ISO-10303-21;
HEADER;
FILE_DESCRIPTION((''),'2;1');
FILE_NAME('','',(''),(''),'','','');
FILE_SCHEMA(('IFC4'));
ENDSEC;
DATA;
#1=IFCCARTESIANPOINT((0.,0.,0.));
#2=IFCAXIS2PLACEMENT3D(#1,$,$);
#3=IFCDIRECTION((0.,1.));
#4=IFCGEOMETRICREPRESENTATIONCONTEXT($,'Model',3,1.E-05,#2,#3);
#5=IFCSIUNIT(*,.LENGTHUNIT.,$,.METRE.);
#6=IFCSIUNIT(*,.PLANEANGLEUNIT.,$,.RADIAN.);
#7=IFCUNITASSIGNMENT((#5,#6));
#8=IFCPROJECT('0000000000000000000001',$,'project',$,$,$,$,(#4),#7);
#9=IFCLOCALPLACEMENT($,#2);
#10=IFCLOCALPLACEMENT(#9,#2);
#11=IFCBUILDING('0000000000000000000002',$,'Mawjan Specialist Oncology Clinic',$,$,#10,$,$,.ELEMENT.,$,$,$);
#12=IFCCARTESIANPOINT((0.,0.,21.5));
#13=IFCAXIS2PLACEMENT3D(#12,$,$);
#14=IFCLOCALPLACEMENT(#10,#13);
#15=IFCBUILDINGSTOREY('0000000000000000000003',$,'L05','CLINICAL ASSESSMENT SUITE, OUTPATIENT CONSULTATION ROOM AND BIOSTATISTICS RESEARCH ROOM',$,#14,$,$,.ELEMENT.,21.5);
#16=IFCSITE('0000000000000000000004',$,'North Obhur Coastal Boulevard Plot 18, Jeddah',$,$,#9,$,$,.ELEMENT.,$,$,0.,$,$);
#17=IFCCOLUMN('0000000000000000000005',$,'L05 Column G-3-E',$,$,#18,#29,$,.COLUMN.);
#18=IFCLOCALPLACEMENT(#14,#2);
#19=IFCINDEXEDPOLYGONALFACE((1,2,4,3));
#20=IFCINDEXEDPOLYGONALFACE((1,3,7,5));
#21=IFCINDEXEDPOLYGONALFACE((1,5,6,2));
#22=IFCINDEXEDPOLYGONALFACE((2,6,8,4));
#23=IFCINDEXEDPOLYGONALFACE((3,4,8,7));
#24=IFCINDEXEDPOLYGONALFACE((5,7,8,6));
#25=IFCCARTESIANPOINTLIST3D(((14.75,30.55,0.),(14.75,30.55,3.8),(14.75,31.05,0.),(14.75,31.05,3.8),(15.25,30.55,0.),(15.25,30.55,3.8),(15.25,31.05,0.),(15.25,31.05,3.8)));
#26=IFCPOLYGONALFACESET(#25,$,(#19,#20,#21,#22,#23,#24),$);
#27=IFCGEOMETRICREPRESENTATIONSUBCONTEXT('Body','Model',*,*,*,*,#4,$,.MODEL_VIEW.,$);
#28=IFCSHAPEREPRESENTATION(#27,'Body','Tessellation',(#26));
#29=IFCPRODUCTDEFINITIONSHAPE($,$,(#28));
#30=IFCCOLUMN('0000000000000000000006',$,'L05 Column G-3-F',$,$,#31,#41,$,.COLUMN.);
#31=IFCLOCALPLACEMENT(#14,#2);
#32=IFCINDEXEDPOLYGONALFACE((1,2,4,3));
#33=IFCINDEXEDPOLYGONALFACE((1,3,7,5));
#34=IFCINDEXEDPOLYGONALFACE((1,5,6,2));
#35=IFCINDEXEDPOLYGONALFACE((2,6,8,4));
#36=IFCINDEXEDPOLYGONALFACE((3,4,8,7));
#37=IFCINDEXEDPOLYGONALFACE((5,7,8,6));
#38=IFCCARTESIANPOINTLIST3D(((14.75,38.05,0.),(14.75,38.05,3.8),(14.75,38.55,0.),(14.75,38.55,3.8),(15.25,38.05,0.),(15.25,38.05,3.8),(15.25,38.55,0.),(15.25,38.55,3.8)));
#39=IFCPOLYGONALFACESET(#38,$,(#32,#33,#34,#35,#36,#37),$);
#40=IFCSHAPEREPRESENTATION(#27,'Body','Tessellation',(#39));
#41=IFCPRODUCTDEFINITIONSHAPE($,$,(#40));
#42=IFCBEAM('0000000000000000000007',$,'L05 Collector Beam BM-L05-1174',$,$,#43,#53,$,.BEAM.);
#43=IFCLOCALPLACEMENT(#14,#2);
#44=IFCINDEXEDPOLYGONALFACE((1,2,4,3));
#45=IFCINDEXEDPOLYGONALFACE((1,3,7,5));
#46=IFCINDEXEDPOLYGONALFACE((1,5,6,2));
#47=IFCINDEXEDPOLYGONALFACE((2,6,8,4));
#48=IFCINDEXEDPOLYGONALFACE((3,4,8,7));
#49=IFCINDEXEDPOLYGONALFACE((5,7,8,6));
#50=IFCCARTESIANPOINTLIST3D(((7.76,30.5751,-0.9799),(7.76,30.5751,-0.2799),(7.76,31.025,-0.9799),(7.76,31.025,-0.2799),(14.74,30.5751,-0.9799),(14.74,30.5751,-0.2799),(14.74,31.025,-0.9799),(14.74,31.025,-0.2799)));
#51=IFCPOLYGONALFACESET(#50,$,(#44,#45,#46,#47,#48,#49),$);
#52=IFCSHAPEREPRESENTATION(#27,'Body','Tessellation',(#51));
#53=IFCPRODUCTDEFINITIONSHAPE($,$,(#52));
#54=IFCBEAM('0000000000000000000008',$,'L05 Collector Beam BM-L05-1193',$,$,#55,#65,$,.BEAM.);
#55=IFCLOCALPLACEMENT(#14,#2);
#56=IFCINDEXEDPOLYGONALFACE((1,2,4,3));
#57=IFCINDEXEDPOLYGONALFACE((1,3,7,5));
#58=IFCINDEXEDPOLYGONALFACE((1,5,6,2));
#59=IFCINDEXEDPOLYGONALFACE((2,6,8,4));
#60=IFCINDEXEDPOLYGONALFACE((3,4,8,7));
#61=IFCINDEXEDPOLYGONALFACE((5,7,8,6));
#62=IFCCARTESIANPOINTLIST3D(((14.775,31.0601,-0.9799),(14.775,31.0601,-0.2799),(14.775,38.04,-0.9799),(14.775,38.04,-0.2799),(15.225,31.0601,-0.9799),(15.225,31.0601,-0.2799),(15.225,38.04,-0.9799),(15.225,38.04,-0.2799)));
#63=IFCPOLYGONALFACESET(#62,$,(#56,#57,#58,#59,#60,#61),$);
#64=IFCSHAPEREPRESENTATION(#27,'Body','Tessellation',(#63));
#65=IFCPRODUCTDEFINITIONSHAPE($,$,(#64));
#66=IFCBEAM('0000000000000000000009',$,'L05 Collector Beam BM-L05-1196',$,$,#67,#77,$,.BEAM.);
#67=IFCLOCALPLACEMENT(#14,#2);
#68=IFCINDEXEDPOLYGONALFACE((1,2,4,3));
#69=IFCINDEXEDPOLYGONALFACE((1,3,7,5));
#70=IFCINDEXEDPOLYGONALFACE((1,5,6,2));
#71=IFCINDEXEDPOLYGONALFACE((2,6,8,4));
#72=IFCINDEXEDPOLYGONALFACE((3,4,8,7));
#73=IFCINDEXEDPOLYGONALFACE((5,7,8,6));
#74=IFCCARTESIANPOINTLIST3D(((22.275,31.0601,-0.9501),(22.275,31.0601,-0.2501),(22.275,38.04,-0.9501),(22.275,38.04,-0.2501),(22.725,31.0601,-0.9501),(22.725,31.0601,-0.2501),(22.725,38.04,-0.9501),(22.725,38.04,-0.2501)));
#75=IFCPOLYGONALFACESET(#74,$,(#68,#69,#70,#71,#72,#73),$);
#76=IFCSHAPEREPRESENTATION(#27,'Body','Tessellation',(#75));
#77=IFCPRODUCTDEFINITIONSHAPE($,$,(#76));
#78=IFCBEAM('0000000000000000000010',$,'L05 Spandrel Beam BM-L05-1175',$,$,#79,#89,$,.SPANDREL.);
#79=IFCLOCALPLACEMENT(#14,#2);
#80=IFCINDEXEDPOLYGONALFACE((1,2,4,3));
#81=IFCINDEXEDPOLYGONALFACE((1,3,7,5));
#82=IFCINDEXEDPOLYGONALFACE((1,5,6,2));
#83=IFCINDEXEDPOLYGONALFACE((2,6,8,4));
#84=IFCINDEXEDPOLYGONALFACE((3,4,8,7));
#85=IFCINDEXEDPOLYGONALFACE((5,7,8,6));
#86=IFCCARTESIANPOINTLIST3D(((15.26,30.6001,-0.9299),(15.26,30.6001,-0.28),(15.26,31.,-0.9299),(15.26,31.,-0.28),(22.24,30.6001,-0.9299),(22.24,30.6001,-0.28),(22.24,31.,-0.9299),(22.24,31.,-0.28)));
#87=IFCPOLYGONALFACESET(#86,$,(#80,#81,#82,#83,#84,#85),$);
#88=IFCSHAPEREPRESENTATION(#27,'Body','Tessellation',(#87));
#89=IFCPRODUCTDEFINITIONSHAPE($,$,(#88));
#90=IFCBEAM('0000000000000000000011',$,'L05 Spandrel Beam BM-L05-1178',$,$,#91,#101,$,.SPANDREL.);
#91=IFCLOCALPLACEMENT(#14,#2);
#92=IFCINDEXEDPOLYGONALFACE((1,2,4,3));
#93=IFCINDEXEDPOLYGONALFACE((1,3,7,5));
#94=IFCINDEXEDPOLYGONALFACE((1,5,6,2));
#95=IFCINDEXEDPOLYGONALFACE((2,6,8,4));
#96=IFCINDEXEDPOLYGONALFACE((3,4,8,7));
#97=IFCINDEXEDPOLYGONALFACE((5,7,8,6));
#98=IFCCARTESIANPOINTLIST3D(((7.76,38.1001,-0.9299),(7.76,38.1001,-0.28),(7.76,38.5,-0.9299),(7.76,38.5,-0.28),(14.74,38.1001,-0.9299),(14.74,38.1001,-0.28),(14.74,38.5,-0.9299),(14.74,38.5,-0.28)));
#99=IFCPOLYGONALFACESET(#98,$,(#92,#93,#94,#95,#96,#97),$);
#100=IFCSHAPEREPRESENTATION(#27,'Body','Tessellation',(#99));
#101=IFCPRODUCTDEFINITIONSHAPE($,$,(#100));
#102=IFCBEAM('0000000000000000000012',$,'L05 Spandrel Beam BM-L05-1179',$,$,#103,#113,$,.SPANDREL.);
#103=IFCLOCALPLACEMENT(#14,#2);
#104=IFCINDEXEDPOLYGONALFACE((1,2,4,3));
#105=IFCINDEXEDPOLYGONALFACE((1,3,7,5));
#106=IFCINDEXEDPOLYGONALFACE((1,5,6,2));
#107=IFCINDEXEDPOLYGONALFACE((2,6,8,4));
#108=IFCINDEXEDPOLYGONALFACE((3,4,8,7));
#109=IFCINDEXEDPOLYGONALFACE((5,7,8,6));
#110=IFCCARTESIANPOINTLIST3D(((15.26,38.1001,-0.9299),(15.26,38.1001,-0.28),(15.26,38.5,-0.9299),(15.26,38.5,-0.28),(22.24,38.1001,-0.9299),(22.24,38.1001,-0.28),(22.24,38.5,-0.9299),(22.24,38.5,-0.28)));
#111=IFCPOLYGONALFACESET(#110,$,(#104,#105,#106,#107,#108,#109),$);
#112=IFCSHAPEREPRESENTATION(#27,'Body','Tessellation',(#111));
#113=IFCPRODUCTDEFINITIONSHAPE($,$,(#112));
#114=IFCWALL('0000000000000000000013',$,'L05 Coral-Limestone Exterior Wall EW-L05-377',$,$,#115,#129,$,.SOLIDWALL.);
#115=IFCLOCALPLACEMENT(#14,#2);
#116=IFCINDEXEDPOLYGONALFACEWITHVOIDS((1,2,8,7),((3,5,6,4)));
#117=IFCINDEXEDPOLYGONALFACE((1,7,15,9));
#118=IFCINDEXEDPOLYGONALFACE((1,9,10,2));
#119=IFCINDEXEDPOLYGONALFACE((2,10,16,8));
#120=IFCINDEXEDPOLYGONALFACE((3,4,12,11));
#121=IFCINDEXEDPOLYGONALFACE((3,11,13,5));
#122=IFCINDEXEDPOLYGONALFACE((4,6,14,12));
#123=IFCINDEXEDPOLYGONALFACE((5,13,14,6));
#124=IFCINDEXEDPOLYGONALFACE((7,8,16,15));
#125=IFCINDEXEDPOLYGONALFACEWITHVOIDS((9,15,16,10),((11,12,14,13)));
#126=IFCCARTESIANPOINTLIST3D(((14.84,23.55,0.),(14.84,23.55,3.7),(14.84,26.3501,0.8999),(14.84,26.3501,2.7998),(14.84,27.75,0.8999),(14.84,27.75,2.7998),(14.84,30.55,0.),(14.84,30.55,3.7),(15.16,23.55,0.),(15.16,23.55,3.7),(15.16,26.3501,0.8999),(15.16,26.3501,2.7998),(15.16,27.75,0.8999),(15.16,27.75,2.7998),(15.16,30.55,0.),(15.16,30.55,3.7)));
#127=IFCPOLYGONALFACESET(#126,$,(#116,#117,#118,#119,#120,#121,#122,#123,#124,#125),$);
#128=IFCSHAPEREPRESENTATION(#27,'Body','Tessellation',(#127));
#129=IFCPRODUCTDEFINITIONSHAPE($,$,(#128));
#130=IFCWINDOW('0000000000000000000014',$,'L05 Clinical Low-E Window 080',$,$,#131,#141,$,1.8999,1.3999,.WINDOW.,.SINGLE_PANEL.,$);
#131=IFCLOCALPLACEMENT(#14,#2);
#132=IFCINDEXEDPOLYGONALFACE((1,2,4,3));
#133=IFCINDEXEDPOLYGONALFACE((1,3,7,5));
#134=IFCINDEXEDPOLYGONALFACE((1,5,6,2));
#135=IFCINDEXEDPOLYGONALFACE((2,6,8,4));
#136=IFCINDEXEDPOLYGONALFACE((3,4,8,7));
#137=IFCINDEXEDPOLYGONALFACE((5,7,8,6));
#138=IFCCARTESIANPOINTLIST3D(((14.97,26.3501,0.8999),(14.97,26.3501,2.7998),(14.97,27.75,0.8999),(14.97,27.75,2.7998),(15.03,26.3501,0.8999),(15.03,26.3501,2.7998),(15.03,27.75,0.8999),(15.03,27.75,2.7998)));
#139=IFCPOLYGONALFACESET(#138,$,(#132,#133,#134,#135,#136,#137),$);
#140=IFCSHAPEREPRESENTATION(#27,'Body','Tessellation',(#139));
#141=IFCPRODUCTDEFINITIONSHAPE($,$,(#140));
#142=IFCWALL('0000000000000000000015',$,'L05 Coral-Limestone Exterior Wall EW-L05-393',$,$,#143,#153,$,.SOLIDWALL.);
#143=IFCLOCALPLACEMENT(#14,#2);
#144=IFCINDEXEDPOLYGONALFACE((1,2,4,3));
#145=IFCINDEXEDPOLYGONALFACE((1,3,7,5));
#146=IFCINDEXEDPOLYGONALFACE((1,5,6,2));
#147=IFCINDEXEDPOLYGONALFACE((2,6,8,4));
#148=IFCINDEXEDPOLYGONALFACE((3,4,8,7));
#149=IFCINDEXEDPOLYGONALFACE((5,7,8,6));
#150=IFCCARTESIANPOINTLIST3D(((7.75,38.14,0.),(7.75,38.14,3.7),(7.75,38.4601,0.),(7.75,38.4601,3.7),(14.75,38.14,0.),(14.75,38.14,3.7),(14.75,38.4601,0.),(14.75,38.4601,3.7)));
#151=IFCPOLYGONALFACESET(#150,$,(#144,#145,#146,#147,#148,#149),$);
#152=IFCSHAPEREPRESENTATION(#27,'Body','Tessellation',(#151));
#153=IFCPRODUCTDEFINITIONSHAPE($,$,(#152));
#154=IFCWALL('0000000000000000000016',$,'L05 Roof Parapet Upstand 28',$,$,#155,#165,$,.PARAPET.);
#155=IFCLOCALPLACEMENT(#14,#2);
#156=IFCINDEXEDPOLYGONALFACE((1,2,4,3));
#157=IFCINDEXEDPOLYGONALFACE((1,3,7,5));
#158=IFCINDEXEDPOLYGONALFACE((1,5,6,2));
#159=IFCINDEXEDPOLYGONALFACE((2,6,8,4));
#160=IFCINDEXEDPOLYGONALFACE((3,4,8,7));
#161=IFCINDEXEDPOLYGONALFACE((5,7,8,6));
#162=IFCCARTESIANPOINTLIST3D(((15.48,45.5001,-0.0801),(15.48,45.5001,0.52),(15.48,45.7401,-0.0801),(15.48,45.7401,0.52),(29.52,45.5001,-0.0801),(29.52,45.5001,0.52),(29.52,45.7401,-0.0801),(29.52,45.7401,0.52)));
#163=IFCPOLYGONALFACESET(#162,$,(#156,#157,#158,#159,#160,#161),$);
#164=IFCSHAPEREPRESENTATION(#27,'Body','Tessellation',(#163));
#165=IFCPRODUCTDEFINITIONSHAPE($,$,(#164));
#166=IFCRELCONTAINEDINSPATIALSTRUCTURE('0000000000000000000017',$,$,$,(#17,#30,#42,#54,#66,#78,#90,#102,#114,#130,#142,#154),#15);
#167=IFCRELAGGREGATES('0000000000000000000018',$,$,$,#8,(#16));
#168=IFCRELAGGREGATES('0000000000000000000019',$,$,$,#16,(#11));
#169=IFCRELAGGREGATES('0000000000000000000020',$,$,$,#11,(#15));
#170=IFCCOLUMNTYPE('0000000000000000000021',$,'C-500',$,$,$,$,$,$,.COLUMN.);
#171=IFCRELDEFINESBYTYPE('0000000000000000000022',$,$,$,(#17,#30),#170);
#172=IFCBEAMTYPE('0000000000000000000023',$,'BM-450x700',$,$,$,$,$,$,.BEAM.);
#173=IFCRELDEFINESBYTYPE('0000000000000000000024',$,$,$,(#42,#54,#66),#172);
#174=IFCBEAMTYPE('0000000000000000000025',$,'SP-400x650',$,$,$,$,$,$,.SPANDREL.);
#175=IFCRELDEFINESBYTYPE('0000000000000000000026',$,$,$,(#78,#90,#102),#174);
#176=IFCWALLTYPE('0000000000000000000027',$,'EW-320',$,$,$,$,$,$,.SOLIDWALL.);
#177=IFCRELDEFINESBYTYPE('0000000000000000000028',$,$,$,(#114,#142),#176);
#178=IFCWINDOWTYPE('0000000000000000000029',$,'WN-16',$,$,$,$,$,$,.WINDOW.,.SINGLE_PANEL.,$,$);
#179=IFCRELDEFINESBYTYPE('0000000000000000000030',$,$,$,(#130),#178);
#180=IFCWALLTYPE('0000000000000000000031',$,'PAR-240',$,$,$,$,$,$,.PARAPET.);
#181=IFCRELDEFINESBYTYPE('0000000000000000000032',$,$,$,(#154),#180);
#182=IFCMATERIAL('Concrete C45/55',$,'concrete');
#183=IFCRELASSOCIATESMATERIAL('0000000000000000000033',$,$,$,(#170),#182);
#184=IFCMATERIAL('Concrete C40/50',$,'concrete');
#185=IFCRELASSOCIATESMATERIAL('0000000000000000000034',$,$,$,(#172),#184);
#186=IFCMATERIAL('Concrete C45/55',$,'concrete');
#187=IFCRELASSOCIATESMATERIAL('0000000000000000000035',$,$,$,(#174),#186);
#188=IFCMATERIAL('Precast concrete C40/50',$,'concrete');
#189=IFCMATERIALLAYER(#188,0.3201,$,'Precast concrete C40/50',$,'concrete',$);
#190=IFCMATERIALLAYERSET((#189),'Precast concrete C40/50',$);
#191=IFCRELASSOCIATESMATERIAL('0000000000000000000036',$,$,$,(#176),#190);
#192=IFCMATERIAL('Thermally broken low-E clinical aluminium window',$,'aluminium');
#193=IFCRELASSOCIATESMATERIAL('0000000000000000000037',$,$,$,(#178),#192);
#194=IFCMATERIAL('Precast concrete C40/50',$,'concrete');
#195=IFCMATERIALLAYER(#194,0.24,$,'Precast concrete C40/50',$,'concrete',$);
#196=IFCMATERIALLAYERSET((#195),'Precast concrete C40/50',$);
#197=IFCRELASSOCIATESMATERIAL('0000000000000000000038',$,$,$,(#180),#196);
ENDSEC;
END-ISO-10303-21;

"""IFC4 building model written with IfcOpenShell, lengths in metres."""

from ifc_helpers import new_model, si_unit, direction, frame, frame_2d, origin, origin_2d, place, context, subcontext, project, spatial, rectangle, extrude, material, layer, layer_set, material_profile, profile_set, type_object, element, fill, save


model = new_model("IFC4")

# Units and contexts
model_context = context("Model", 3, precision=1e-05, world=origin(), true_north=direction((0.0, 1.0)))
body_context = subcontext(model_context, "Body", "Model", "MODEL_VIEW")
ifc_project = project(units=[si_unit("LENGTHUNIT", "METRE"), si_unit("PLANEANGLEUNIT", "RADIAN")], contexts=[model_context])

# Site, building, storey
site_placement = place(None, origin())
site = spatial("IfcSite", under=ifc_project, at=site_placement, Name="North Obhur Coastal Boulevard Plot 18, Jeddah", CompositionType="ELEMENT", RefElevation=0.0)
building_placement = place(site_placement, origin())
building = spatial("IfcBuilding", under=site, at=building_placement, Name="Mawjan Specialist Oncology Clinic", CompositionType="ELEMENT")
storey_placement = place(building_placement, frame((0.0, 0.0, 21.5)))
storey = spatial("IfcBuildingStorey", under=building, at=storey_placement, Name="L05", Description="CLINICAL ASSESSMENT SUITE, OUTPATIENT CONSULTATION ROOM AND BIOSTATISTICS RESEARCH ROOM", CompositionType="ELEMENT", Elevation=21.5)

# Columns
ifc_material_1 = material(Name="Concrete C45/55", Category="concrete")
ifc_material_profile_1 = material_profile(ifc_material_1, rectangle(XDim=0.5, YDim=0.5, at=origin_2d()), Name="RC COL 500x500", Category="concrete")
ifc_profile_set_1 = profile_set([ifc_material_profile_1], Name="Concrete C45/55")
column_type = type_object("IfcColumnType", Name="C-500", PredefinedType="COLUMN", material=ifc_profile_set_1)
for number, where, z_axis, x_axis, name in (
    (1, (15.0, 30.8, 0.0), (0.0, 0.0, 1.0), (1.0, 0.0, 0.0), "L05 Column G-3-E"),
    (2, (15.0, 38.3, 0.0), (0.0, 0.0, 1.0), (1.0, 0.0, 0.0), "L05 Column G-3-F"),
):
    element("IfcColumn", number, at=place(storey_placement, frame(where, z_axis=z_axis, x_axis=x_axis)), inside=storey, type_object=column_type, Name=name, PredefinedType="COLUMN", context=body_context, shape_type="SweptSolid", body=[
        extrude(rectangle(XDim=0.5, YDim=0.5, at=origin_2d()), origin(), (0.0, 0.0, 1.0), 3.8),
    ])

# Beams
ifc_material_2 = material(Name="Concrete C40/50", Category="concrete")
ifc_material_profile_2 = material_profile(ifc_material_2, rectangle(XDim=0.45, YDim=0.7, at=origin_2d()), Name="RC BM 450x700", Category="concrete")
ifc_profile_set_2 = profile_set([ifc_material_profile_2], Name="Concrete C40/50")
beam_type_1 = type_object("IfcBeamType", Name="BM-450x700", PredefinedType="BEAM", material=ifc_profile_set_2)
for number, where, z_axis, x_axis, name in (
    (3, (7.76, 30.8, -0.6299), (1.0, 0.0, 0.0), (0.0, 1.0, 0.0), "L05 Collector Beam BM-L05-1174"),
    (4, (15.0, 31.0601, -0.6299), (0.0, 1.0, 0.0), (-1.0, 0.0, 0.0), "L05 Collector Beam BM-L05-1193"),
    (5, (22.5, 31.0601, -0.6001), (0.0, 1.0, 0.0), (-1.0, 0.0, 0.0), "L05 Collector Beam BM-L05-1196"),
):
    element("IfcBeam", number, at=place(storey_placement, frame(where, z_axis=z_axis, x_axis=x_axis)), inside=storey, type_object=beam_type_1, Name=name, PredefinedType="BEAM", context=body_context, shape_type="SweptSolid", body=[
        extrude(rectangle(XDim=0.45, YDim=0.7, at=origin_2d()), origin(), (0.0, 0.0, 1.0), 6.98),
    ])
ifc_material_3 = material(Name="Concrete C45/55", Category="concrete")
ifc_material_profile_3 = material_profile(ifc_material_3, rectangle(XDim=0.3999, YDim=0.6499, at=origin_2d()), Name="RC BM 400x650", Category="concrete")
ifc_profile_set_3 = profile_set([ifc_material_profile_3], Name="Concrete C45/55")
beam_type_2 = type_object("IfcBeamType", Name="SP-400x650", PredefinedType="SPANDREL", material=ifc_profile_set_3)
for number, where, z_axis, x_axis, name in (
    (6, (15.26, 30.8, -0.605), (1.0, 0.0, 0.0), (0.0, 1.0, 0.0), "L05 Spandrel Beam BM-L05-1175"),
    (7, (7.76, 38.3, -0.605), (1.0, 0.0, 0.0), (0.0, 1.0, 0.0), "L05 Spandrel Beam BM-L05-1178"),
    (8, (15.26, 38.3, -0.605), (1.0, 0.0, 0.0), (0.0, 1.0, 0.0), "L05 Spandrel Beam BM-L05-1179"),
):
    element("IfcBeam", number, at=place(storey_placement, frame(where, z_axis=z_axis, x_axis=x_axis)), inside=storey, type_object=beam_type_2, Name=name, PredefinedType="SPANDREL", context=body_context, shape_type="SweptSolid", body=[
        extrude(rectangle(XDim=0.3999, YDim=0.6499, at=origin_2d()), origin(), (0.0, 0.0, 1.0), 6.98),
    ])

# Shared definitions
ifc_material_4 = material(Name="Precast concrete C40/50", Category="concrete")
ifc_layer_1 = layer(ifc_material_4, 0.3201, Name="Precast concrete C40/50", Category="concrete")
ifc_layer_set_1 = layer_set([ifc_layer_1], Name="Precast concrete C40/50")
wall_type_1 = type_object("IfcWallType", Name="EW-320", PredefinedType="SOLIDWALL", material=ifc_layer_set_1)

# Wall, opening, window
wall_1_placement = place(storey_placement, frame((15.0, 30.55, 0.0), z_axis=(0.0, 0.0, 1.0), x_axis=(0.0, -1.0, 0.0)))
wall_1 = element("IfcWall", 9, at=wall_1_placement, inside=storey, type_object=wall_type_1, Name="L05 Coral-Limestone Exterior Wall EW-L05-377", PredefinedType="SOLIDWALL", context=body_context, shape_type="SweptSolid", body=[
    extrude(rectangle(XDim=7.0, YDim=0.3201, at=frame_2d((3.5, 0.0))), origin(), (0.0, 0.0, 1.0), 3.7),
])
opening_1_placement = place(wall_1_placement, frame((2.8, 0.0, 0.8999)))
opening_1 = element("IfcOpeningElement", 10, at=opening_1_placement, cuts=wall_1, PredefinedType="OPENING", context=body_context, shape_type="SweptSolid", body=[
    extrude(rectangle(XDim=1.3999, YDim=1.8999, at=frame_2d((0.7, 0.95))), frame((0.0, 0.1721, 0.0), z_axis=(0.0, -1.0, 0.0), x_axis=(1.0, 0.0, 0.0)), (0.0, 0.0, 1.0), 0.344),
])
ifc_material_5 = material(Name="Thermally broken low-E clinical aluminium window", Category="aluminium")
window_type = type_object("IfcWindowType", Name="WN-16", PartitioningType="SINGLE_PANEL", PredefinedType="WINDOW", material=ifc_material_5)
window_placement = place(opening_1_placement, origin())
window = element("IfcWindow", 11, at=window_placement, inside=storey, type_object=window_type, Name="L05 Clinical Low-E Window 080", OverallHeight=1.8999, OverallWidth=1.3999, PartitioningType="SINGLE_PANEL", PredefinedType="WINDOW", context=body_context, shape_type="SweptSolid", body=[
    extrude(rectangle(XDim=1.3999, YDim=1.8999, at=frame_2d((0.7, 0.95))), frame((0.0, 0.03, 0.0), z_axis=(0.0, -1.0, 0.0), x_axis=(1.0, 0.0, 0.0)), (0.0, 0.0, 1.0), 0.0601),
])
fill(opening_1, window)

# Walls
wall_2_placement = place(storey_placement, frame((7.75, 38.3, 0.0), z_axis=(0.0, 0.0, 1.0), x_axis=(1.0, 0.0, 0.0)))
element("IfcWall", 12, at=wall_2_placement, inside=storey, type_object=wall_type_1, Name="L05 Coral-Limestone Exterior Wall EW-L05-393", PredefinedType="SOLIDWALL", context=body_context, shape_type="SweptSolid", body=[
    extrude(rectangle(XDim=7.0, YDim=0.3201, at=frame_2d((3.5, 0.0))), origin(), (0.0, 0.0, 1.0), 3.7),
])
ifc_material_6 = material(Name="Precast concrete C40/50", Category="concrete")
ifc_layer_2 = layer(ifc_material_6, 0.24, Name="Precast concrete C40/50", Category="concrete")
ifc_layer_set_2 = layer_set([ifc_layer_2], Name="Precast concrete C40/50")
wall_type_2 = type_object("IfcWallType", Name="PAR-240", PredefinedType="PARAPET", material=ifc_layer_set_2)
wall_3_placement = place(storey_placement, frame((15.48, 45.6201, -0.0801), z_axis=(0.0, 0.0, 1.0), x_axis=(1.0, 0.0, 0.0)))
element("IfcWall", 13, at=wall_3_placement, inside=storey, type_object=wall_type_2, Name="L05 Roof Parapet Upstand 28", PredefinedType="PARAPET", context=body_context, shape_type="SweptSolid", body=[
    extrude(rectangle(XDim=14.04, YDim=0.24, at=frame_2d((7.02, 0.0))), origin(), (0.0, 0.0, 1.0), 0.6001),
])

save(model, "model.ifc")
